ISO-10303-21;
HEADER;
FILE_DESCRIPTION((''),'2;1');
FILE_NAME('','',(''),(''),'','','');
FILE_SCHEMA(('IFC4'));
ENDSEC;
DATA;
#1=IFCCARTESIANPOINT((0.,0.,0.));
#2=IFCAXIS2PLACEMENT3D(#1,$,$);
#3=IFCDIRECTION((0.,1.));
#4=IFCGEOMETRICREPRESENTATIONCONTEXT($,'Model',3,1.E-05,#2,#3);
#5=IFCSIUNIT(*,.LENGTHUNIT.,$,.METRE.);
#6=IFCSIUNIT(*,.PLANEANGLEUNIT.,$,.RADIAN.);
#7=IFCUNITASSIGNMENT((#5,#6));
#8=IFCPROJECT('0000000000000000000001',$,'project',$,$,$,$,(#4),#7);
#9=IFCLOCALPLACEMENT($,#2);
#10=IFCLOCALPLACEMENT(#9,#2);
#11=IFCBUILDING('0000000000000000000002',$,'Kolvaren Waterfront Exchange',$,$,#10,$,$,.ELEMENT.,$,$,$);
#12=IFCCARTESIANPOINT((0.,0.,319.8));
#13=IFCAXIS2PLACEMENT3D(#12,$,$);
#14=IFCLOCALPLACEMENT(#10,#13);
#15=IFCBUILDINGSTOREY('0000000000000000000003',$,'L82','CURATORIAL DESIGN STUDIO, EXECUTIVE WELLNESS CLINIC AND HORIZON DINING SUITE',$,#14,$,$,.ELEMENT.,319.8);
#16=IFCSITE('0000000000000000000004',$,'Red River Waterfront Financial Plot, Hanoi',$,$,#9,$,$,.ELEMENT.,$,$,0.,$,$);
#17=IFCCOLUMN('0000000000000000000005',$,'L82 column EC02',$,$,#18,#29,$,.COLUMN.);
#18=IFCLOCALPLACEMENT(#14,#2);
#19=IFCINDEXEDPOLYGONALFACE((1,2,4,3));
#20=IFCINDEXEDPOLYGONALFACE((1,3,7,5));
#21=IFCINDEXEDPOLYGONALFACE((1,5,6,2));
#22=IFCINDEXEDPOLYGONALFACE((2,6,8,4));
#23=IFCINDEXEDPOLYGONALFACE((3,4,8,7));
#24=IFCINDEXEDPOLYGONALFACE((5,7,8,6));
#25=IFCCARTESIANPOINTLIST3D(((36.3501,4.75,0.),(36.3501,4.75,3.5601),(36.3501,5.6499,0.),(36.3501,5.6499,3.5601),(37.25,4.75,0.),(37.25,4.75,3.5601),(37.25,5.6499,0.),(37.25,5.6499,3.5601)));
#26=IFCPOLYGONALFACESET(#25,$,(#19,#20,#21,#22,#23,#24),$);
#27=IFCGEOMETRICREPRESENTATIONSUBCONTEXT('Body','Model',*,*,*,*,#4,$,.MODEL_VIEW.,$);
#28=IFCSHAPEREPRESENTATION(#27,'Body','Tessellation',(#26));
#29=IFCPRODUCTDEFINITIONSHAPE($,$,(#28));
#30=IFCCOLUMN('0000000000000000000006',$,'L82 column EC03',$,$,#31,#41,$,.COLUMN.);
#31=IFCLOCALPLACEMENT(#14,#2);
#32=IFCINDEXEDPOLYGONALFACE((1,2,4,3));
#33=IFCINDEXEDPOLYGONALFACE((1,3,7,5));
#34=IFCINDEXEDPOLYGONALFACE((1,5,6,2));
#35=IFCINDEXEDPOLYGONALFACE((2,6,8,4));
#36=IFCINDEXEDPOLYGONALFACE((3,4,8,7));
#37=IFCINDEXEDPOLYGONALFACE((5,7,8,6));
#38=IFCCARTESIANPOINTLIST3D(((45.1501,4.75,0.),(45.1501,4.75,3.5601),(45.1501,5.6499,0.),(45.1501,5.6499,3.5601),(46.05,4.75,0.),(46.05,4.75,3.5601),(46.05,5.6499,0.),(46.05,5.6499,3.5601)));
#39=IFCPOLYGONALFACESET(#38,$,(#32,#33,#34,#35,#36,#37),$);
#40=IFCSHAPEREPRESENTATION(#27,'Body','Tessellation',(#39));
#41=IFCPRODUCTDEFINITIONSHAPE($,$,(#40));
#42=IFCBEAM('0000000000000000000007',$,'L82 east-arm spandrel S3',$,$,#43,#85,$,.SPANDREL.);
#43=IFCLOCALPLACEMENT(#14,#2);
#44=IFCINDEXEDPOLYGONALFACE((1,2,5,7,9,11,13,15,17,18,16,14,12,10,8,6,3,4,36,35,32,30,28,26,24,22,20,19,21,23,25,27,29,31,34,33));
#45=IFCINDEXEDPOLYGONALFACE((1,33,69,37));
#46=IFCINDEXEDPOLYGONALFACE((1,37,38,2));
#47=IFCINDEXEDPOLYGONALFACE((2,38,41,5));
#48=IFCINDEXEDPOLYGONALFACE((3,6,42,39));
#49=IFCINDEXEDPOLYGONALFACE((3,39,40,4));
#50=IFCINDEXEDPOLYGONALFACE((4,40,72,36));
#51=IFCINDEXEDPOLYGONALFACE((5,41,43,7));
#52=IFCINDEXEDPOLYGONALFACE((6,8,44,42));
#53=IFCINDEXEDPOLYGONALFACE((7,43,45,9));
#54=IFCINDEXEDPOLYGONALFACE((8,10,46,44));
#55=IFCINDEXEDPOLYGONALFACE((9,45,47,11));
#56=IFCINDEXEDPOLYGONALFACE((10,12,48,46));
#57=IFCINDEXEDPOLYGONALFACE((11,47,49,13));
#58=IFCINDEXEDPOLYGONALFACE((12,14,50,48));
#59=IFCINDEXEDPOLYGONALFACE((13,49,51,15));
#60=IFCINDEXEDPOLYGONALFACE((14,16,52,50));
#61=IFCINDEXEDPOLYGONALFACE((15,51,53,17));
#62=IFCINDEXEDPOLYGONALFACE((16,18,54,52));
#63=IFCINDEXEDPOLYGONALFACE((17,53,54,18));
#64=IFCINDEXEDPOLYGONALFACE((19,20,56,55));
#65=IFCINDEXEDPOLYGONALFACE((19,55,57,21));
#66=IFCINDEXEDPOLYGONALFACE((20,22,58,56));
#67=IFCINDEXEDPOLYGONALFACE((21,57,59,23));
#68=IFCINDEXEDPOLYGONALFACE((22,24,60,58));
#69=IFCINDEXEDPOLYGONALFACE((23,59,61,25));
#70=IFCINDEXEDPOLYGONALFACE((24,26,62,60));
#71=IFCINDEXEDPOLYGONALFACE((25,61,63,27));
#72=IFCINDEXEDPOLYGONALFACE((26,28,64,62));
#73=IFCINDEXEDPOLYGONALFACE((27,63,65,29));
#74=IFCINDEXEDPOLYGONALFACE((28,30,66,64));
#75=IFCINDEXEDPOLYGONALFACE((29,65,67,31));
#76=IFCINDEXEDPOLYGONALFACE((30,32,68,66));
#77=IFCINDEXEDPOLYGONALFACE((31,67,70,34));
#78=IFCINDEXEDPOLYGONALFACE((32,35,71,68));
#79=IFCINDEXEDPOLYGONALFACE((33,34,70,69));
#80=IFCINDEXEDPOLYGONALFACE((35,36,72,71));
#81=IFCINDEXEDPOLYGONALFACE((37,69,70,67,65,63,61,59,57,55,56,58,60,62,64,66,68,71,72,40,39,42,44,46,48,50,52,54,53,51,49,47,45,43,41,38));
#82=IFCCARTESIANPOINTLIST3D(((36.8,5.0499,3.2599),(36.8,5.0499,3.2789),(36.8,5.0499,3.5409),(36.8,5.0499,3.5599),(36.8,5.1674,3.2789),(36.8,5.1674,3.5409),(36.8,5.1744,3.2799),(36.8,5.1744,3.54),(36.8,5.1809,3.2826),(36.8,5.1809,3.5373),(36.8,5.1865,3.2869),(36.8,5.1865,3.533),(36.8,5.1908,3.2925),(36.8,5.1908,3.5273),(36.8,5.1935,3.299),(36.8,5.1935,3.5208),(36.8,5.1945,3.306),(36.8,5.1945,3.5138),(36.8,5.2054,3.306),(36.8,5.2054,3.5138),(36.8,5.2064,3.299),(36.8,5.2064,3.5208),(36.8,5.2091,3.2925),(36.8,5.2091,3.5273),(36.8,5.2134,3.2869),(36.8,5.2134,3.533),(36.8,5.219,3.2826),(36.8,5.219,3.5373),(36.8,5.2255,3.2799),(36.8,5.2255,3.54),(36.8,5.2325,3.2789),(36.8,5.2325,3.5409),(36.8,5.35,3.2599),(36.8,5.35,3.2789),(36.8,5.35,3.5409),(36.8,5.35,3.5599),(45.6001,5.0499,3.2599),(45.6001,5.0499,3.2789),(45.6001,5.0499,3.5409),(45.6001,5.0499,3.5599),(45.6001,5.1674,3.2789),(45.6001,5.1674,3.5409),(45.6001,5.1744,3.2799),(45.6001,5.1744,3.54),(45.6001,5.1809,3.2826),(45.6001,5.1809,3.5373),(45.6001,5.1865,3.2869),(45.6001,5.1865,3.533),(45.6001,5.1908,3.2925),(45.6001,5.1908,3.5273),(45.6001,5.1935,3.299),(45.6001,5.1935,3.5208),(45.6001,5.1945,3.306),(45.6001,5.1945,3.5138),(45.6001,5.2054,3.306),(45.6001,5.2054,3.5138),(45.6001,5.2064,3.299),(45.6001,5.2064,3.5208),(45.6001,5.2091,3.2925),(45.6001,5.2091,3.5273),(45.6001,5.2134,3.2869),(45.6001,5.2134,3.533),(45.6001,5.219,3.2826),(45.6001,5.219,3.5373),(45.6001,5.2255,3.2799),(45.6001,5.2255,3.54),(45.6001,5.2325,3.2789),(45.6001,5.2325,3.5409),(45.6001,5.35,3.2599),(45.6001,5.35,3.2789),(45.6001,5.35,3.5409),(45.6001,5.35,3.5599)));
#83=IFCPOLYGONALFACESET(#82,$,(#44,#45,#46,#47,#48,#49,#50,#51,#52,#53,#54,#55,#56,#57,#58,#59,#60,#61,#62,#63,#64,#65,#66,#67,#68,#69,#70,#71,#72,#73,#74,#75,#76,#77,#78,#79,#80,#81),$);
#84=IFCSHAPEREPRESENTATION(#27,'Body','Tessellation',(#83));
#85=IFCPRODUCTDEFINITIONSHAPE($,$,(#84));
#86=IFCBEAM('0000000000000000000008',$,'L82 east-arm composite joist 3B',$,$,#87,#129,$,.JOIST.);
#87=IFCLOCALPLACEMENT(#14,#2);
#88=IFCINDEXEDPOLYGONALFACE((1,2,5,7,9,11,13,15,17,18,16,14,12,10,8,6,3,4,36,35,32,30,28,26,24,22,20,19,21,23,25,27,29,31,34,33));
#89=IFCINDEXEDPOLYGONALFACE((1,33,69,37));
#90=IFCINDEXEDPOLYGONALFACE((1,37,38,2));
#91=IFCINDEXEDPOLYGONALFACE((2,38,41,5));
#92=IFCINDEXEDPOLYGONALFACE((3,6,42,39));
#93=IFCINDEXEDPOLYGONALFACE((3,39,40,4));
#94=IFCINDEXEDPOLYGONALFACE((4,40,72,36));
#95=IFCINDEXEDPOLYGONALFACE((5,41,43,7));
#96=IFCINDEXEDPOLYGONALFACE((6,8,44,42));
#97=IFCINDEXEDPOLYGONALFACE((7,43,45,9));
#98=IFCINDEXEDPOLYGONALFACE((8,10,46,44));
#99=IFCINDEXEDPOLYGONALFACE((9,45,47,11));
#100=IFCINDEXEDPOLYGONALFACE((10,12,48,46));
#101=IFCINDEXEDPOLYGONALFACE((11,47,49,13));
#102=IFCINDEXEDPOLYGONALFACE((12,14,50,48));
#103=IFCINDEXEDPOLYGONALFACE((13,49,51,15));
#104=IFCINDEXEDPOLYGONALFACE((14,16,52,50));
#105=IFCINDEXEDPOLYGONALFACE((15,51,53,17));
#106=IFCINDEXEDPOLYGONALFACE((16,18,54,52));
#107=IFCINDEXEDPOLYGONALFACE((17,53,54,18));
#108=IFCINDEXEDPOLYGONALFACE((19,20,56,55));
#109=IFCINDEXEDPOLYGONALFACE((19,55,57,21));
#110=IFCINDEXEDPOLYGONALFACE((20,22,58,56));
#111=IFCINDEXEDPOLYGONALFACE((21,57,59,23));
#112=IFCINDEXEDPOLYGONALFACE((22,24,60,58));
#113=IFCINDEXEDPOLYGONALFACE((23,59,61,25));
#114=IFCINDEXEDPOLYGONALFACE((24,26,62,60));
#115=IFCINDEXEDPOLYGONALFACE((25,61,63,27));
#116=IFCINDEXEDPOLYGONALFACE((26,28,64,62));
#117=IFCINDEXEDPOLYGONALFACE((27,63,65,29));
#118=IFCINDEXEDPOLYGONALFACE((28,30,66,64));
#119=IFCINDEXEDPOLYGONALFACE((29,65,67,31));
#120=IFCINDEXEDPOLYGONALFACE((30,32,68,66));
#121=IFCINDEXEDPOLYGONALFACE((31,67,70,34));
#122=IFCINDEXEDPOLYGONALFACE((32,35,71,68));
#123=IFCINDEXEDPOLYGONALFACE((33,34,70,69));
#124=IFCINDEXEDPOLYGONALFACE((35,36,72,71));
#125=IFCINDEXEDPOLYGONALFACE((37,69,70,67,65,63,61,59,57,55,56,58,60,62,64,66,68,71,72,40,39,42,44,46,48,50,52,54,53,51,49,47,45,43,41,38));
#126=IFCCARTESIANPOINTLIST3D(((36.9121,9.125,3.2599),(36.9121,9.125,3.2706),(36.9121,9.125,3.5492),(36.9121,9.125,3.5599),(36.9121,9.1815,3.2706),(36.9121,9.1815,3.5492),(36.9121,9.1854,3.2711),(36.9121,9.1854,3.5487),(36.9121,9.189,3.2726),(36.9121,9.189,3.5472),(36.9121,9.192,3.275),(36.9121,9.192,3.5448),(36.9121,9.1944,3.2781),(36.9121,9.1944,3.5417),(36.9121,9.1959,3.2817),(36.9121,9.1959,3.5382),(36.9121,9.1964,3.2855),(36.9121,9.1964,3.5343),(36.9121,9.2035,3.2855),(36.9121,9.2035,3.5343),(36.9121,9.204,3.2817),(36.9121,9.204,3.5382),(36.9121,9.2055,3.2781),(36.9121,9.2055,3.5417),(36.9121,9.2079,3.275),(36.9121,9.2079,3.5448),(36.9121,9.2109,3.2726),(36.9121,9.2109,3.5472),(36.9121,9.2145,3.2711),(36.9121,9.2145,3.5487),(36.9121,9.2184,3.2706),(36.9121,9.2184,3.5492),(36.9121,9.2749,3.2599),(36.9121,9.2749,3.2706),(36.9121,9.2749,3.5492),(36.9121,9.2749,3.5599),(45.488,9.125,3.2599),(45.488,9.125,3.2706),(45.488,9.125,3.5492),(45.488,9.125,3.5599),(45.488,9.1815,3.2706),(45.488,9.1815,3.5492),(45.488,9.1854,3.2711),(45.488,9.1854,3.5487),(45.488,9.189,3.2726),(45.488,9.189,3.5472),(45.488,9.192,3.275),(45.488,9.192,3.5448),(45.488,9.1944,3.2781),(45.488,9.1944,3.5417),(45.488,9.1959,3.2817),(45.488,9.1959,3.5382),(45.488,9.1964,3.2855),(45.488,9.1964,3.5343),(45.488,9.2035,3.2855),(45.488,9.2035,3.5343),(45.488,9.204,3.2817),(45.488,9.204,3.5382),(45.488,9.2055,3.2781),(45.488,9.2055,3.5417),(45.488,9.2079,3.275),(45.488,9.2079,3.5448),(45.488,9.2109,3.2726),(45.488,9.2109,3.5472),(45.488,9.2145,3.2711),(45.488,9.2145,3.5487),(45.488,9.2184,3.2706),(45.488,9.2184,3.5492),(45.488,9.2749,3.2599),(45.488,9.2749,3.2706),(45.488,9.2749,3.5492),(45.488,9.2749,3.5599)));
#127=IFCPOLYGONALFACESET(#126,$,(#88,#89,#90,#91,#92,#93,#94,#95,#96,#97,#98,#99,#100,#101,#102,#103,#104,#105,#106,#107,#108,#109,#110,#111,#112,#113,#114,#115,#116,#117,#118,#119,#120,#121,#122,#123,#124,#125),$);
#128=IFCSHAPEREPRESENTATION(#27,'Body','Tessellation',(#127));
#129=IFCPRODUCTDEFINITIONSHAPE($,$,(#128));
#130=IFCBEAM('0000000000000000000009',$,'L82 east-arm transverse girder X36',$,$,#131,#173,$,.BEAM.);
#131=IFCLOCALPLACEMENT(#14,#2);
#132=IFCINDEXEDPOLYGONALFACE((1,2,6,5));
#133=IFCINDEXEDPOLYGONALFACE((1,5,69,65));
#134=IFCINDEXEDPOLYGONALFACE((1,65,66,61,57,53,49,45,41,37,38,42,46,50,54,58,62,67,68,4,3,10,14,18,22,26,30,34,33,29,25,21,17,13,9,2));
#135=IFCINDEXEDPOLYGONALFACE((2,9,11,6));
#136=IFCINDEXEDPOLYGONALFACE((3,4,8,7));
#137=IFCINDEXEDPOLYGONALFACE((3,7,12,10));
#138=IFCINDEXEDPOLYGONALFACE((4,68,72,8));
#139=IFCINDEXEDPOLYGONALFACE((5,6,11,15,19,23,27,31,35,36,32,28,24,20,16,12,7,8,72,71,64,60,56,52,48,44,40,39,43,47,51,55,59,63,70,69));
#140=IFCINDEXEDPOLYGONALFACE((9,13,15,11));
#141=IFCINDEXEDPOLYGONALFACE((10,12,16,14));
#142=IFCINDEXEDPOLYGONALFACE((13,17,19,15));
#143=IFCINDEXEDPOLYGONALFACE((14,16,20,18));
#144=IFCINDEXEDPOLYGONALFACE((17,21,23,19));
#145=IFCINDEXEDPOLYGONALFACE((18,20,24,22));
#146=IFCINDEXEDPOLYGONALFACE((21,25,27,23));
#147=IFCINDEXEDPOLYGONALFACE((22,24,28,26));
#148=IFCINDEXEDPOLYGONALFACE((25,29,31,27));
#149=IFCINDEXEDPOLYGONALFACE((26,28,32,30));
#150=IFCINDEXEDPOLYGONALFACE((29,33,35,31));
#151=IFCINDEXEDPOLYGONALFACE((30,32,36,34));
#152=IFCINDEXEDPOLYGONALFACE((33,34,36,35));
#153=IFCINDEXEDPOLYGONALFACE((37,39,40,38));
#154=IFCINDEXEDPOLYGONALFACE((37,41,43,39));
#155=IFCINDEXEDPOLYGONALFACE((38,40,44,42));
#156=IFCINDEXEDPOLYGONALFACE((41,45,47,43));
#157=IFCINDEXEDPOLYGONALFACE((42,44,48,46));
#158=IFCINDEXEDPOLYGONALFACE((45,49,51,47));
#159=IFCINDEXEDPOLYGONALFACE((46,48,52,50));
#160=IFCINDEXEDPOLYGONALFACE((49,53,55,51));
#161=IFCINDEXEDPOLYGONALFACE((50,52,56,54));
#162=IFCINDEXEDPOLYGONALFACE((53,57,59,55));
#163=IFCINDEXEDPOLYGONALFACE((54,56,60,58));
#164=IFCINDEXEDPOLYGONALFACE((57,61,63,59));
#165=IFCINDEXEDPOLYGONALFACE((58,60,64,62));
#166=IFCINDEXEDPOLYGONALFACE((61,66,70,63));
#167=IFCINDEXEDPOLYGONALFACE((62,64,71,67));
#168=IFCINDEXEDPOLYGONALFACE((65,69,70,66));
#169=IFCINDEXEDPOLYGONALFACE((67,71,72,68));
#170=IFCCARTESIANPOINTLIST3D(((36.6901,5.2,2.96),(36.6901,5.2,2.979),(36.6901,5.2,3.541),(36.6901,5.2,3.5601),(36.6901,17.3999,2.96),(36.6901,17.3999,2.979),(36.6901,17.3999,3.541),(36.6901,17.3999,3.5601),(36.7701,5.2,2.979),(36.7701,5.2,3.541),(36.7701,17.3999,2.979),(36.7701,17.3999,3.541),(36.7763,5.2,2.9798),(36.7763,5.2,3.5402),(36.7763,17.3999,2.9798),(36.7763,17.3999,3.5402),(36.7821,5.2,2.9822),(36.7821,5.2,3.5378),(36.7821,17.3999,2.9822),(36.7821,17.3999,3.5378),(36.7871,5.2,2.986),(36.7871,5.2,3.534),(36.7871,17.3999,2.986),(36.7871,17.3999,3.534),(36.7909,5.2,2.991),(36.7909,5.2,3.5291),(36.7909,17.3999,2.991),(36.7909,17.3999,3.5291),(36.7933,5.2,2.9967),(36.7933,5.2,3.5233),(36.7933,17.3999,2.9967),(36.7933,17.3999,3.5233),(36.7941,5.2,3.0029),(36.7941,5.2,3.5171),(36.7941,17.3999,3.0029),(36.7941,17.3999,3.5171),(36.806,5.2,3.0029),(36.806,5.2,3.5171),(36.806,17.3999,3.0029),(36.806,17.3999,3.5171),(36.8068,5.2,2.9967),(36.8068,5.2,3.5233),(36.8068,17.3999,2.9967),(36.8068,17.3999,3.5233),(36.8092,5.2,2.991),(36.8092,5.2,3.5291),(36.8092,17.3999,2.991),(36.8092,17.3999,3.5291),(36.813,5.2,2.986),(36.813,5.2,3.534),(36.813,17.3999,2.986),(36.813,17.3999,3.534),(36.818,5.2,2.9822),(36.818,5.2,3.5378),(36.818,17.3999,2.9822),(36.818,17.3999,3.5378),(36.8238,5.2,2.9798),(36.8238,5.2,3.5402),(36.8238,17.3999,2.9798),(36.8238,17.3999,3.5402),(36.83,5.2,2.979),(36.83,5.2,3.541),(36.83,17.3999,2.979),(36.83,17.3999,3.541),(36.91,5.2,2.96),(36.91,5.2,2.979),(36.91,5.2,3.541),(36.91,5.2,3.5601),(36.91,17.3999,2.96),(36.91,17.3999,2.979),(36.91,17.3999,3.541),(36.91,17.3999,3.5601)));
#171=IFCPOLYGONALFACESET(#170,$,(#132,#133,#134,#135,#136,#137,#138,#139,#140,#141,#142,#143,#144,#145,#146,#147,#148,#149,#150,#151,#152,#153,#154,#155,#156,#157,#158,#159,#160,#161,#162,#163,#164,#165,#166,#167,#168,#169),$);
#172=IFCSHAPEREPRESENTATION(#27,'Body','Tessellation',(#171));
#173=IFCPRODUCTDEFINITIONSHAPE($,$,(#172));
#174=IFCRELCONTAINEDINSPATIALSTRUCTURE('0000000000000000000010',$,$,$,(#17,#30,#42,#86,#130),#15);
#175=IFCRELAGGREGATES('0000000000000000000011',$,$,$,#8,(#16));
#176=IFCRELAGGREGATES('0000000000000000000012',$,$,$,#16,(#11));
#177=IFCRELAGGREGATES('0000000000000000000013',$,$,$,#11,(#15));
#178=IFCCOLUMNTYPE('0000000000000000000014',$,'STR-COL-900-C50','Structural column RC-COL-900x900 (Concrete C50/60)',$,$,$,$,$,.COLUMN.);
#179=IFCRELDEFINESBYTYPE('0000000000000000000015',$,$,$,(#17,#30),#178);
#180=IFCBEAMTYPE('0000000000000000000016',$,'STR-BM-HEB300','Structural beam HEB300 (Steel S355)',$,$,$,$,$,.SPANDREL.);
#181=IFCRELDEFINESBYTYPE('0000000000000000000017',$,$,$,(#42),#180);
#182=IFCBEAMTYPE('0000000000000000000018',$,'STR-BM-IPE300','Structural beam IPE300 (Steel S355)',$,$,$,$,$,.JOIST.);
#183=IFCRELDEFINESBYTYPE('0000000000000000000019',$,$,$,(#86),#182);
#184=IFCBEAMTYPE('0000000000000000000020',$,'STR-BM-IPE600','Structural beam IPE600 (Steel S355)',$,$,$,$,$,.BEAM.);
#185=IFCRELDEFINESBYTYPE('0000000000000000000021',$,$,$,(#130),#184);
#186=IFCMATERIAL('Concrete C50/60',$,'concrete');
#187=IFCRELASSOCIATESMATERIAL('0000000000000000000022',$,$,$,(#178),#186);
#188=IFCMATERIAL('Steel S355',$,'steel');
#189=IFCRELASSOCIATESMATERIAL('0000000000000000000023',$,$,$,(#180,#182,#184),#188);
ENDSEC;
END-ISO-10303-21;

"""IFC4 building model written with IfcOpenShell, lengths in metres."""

from ifc_helpers import new_model, si_unit, direction, frame, origin, origin_2d, place, context, subcontext, project, spatial, rectangle, i_section, extrude, material, material_profile, profile_set, type_object, element, save


model = new_model("IFC4")

# Units and contexts
model_context = context("Model", 3, precision=1e-05, world=origin(), true_north=direction((0.0, 1.0)))
body_context = subcontext(model_context, "Body", "Model", "MODEL_VIEW")
ifc_project = project(units=[si_unit("LENGTHUNIT", "METRE"), si_unit("PLANEANGLEUNIT", "RADIAN")], contexts=[model_context])

# Site, building, storey
site_placement = place(None, origin())
site = spatial("IfcSite", under=ifc_project, at=site_placement, Name="Red River Waterfront Financial Plot, Hanoi", CompositionType="ELEMENT", RefElevation=0.0)
building_placement = place(site_placement, origin())
building = spatial("IfcBuilding", under=site, at=building_placement, Name="Kolvaren Waterfront Exchange", CompositionType="ELEMENT")
storey_placement = place(building_placement, frame((0.0, 0.0, 319.8)))
storey = spatial("IfcBuildingStorey", under=building, at=storey_placement, Name="L82", Description="CURATORIAL DESIGN STUDIO, EXECUTIVE WELLNESS CLINIC AND HORIZON DINING SUITE", CompositionType="ELEMENT", Elevation=319.8)

# Columns
ifc_material_1 = material(Name="Concrete C50/60", Category="concrete")
ifc_material_profile_1 = material_profile(ifc_material_1, rectangle(XDim=0.8999, YDim=0.8999, at=origin_2d()), Name="RC-COL-900x900")
ifc_profile_set_1 = profile_set([ifc_material_profile_1], Name="Concrete C50/60")
column_type = type_object("IfcColumnType", Name="STR-COL-900-C50", Description="Structural column RC-COL-900x900 (Concrete C50/60)", PredefinedType="COLUMN", material=ifc_profile_set_1)
for number, where, z_axis, x_axis, name in (
    (1, (36.8, 5.2, 0.0), (0.0, 0.0, 1.0), (1.0, 0.0, 0.0), "L82 column EC02"),
    (2, (45.6001, 5.2, 0.0), (0.0, 0.0, 1.0), (1.0, 0.0, 0.0), "L82 column EC03"),
):
    element("IfcColumn", number, at=place(storey_placement, frame(where, z_axis=z_axis, x_axis=x_axis)), inside=storey, type_object=column_type, Name=name, PredefinedType="COLUMN", context=body_context, shape_type="SweptSolid", body=[
        extrude(rectangle(XDim=0.8999, YDim=0.8999, at=origin_2d()), origin(), (0.0, 0.0, 1.0), 3.5601),
    ])

# Beams
ifc_material_2 = material(Name="Steel S355", Category="steel")
ifc_material_profile_2 = material_profile(ifc_material_2, i_section(OverallWidth=0.3, OverallDepth=0.3, WebThickness=0.011, FlangeThickness=0.019, FilletRadius=0.0271, at=origin_2d()), Name="HEB300")
ifc_profile_set_2 = profile_set([ifc_material_profile_2], Name="Steel S355")
beam_type_1 = type_object("IfcBeamType", Name="STR-BM-HEB300", Description="Structural beam HEB300 (Steel S355)", PredefinedType="SPANDREL", material=ifc_profile_set_2)
beam_1_placement = place(storey_placement, frame((36.8, 5.2, 3.4099), z_axis=(1.0, 0.0, 0.0), x_axis=(0.0, 1.0, 0.0)))
element("IfcBeam", 3, at=beam_1_placement, inside=storey, type_object=beam_type_1, Name="L82 east-arm spandrel S3", PredefinedType="SPANDREL", context=body_context, shape_type="SweptSolid", body=[
    extrude(i_section(OverallWidth=0.3, OverallDepth=0.3, WebThickness=0.011, FlangeThickness=0.019, FilletRadius=0.0271, at=origin_2d()), origin(), (0.0, 0.0, 1.0), 8.8),
])
ifc_material_profile_3 = material_profile(ifc_material_2, i_section(OverallWidth=0.1499, OverallDepth=0.3, WebThickness=0.0071, FlangeThickness=0.0107, FilletRadius=0.0149, at=origin_2d()), Name="IPE300")
ifc_profile_set_3 = profile_set([ifc_material_profile_3], Name="Steel S355")
beam_type_2 = type_object("IfcBeamType", Name="STR-BM-IPE300", Description="Structural beam IPE300 (Steel S355)", PredefinedType="JOIST", material=ifc_profile_set_3)
beam_2_placement = place(storey_placement, frame((36.9121, 9.2, 3.4099), z_axis=(1.0, 0.0, 0.0), x_axis=(0.0, 1.0, 0.0)))
element("IfcBeam", 4, at=beam_2_placement, inside=storey, type_object=beam_type_2, Name="L82 east-arm composite joist 3B", PredefinedType="JOIST", context=body_context, shape_type="SweptSolid", body=[
    extrude(i_section(OverallWidth=0.1499, OverallDepth=0.3, WebThickness=0.0071, FlangeThickness=0.0107, FilletRadius=0.0149, at=origin_2d()), origin(), (0.0, 0.0, 1.0), 8.5759),
])
ifc_material_profile_4 = material_profile(ifc_material_2, i_section(OverallWidth=0.22, OverallDepth=0.6001, WebThickness=0.012, FlangeThickness=0.019, FilletRadius=0.0239, at=origin_2d()), Name="IPE600")
ifc_profile_set_4 = profile_set([ifc_material_profile_4], Name="Steel S355")
beam_type_3 = type_object("IfcBeamType", Name="STR-BM-IPE600", Description="Structural beam IPE600 (Steel S355)", PredefinedType="BEAM", material=ifc_profile_set_4)
for number, where, z_axis, x_axis, name in (
    (5, (36.8, 5.2, 3.26), (0.0, 1.0, 0.0), (-1.0, 0.0, 0.0), "L82 east-arm transverse girder X36"),
):
    element("IfcBeam", number, at=place(storey_placement, frame(where, z_axis=z_axis, x_axis=x_axis)), inside=storey, type_object=beam_type_3, Name=name, PredefinedType="BEAM", context=body_context, shape_type="SweptSolid", body=[
        extrude(i_section(OverallWidth=0.22, OverallDepth=0.6001, WebThickness=0.012, FlangeThickness=0.019, FilletRadius=0.0239, at=origin_2d()), origin(), (0.0, 0.0, 1.0), 12.2),
    ])

save(model, "model.ifc")
